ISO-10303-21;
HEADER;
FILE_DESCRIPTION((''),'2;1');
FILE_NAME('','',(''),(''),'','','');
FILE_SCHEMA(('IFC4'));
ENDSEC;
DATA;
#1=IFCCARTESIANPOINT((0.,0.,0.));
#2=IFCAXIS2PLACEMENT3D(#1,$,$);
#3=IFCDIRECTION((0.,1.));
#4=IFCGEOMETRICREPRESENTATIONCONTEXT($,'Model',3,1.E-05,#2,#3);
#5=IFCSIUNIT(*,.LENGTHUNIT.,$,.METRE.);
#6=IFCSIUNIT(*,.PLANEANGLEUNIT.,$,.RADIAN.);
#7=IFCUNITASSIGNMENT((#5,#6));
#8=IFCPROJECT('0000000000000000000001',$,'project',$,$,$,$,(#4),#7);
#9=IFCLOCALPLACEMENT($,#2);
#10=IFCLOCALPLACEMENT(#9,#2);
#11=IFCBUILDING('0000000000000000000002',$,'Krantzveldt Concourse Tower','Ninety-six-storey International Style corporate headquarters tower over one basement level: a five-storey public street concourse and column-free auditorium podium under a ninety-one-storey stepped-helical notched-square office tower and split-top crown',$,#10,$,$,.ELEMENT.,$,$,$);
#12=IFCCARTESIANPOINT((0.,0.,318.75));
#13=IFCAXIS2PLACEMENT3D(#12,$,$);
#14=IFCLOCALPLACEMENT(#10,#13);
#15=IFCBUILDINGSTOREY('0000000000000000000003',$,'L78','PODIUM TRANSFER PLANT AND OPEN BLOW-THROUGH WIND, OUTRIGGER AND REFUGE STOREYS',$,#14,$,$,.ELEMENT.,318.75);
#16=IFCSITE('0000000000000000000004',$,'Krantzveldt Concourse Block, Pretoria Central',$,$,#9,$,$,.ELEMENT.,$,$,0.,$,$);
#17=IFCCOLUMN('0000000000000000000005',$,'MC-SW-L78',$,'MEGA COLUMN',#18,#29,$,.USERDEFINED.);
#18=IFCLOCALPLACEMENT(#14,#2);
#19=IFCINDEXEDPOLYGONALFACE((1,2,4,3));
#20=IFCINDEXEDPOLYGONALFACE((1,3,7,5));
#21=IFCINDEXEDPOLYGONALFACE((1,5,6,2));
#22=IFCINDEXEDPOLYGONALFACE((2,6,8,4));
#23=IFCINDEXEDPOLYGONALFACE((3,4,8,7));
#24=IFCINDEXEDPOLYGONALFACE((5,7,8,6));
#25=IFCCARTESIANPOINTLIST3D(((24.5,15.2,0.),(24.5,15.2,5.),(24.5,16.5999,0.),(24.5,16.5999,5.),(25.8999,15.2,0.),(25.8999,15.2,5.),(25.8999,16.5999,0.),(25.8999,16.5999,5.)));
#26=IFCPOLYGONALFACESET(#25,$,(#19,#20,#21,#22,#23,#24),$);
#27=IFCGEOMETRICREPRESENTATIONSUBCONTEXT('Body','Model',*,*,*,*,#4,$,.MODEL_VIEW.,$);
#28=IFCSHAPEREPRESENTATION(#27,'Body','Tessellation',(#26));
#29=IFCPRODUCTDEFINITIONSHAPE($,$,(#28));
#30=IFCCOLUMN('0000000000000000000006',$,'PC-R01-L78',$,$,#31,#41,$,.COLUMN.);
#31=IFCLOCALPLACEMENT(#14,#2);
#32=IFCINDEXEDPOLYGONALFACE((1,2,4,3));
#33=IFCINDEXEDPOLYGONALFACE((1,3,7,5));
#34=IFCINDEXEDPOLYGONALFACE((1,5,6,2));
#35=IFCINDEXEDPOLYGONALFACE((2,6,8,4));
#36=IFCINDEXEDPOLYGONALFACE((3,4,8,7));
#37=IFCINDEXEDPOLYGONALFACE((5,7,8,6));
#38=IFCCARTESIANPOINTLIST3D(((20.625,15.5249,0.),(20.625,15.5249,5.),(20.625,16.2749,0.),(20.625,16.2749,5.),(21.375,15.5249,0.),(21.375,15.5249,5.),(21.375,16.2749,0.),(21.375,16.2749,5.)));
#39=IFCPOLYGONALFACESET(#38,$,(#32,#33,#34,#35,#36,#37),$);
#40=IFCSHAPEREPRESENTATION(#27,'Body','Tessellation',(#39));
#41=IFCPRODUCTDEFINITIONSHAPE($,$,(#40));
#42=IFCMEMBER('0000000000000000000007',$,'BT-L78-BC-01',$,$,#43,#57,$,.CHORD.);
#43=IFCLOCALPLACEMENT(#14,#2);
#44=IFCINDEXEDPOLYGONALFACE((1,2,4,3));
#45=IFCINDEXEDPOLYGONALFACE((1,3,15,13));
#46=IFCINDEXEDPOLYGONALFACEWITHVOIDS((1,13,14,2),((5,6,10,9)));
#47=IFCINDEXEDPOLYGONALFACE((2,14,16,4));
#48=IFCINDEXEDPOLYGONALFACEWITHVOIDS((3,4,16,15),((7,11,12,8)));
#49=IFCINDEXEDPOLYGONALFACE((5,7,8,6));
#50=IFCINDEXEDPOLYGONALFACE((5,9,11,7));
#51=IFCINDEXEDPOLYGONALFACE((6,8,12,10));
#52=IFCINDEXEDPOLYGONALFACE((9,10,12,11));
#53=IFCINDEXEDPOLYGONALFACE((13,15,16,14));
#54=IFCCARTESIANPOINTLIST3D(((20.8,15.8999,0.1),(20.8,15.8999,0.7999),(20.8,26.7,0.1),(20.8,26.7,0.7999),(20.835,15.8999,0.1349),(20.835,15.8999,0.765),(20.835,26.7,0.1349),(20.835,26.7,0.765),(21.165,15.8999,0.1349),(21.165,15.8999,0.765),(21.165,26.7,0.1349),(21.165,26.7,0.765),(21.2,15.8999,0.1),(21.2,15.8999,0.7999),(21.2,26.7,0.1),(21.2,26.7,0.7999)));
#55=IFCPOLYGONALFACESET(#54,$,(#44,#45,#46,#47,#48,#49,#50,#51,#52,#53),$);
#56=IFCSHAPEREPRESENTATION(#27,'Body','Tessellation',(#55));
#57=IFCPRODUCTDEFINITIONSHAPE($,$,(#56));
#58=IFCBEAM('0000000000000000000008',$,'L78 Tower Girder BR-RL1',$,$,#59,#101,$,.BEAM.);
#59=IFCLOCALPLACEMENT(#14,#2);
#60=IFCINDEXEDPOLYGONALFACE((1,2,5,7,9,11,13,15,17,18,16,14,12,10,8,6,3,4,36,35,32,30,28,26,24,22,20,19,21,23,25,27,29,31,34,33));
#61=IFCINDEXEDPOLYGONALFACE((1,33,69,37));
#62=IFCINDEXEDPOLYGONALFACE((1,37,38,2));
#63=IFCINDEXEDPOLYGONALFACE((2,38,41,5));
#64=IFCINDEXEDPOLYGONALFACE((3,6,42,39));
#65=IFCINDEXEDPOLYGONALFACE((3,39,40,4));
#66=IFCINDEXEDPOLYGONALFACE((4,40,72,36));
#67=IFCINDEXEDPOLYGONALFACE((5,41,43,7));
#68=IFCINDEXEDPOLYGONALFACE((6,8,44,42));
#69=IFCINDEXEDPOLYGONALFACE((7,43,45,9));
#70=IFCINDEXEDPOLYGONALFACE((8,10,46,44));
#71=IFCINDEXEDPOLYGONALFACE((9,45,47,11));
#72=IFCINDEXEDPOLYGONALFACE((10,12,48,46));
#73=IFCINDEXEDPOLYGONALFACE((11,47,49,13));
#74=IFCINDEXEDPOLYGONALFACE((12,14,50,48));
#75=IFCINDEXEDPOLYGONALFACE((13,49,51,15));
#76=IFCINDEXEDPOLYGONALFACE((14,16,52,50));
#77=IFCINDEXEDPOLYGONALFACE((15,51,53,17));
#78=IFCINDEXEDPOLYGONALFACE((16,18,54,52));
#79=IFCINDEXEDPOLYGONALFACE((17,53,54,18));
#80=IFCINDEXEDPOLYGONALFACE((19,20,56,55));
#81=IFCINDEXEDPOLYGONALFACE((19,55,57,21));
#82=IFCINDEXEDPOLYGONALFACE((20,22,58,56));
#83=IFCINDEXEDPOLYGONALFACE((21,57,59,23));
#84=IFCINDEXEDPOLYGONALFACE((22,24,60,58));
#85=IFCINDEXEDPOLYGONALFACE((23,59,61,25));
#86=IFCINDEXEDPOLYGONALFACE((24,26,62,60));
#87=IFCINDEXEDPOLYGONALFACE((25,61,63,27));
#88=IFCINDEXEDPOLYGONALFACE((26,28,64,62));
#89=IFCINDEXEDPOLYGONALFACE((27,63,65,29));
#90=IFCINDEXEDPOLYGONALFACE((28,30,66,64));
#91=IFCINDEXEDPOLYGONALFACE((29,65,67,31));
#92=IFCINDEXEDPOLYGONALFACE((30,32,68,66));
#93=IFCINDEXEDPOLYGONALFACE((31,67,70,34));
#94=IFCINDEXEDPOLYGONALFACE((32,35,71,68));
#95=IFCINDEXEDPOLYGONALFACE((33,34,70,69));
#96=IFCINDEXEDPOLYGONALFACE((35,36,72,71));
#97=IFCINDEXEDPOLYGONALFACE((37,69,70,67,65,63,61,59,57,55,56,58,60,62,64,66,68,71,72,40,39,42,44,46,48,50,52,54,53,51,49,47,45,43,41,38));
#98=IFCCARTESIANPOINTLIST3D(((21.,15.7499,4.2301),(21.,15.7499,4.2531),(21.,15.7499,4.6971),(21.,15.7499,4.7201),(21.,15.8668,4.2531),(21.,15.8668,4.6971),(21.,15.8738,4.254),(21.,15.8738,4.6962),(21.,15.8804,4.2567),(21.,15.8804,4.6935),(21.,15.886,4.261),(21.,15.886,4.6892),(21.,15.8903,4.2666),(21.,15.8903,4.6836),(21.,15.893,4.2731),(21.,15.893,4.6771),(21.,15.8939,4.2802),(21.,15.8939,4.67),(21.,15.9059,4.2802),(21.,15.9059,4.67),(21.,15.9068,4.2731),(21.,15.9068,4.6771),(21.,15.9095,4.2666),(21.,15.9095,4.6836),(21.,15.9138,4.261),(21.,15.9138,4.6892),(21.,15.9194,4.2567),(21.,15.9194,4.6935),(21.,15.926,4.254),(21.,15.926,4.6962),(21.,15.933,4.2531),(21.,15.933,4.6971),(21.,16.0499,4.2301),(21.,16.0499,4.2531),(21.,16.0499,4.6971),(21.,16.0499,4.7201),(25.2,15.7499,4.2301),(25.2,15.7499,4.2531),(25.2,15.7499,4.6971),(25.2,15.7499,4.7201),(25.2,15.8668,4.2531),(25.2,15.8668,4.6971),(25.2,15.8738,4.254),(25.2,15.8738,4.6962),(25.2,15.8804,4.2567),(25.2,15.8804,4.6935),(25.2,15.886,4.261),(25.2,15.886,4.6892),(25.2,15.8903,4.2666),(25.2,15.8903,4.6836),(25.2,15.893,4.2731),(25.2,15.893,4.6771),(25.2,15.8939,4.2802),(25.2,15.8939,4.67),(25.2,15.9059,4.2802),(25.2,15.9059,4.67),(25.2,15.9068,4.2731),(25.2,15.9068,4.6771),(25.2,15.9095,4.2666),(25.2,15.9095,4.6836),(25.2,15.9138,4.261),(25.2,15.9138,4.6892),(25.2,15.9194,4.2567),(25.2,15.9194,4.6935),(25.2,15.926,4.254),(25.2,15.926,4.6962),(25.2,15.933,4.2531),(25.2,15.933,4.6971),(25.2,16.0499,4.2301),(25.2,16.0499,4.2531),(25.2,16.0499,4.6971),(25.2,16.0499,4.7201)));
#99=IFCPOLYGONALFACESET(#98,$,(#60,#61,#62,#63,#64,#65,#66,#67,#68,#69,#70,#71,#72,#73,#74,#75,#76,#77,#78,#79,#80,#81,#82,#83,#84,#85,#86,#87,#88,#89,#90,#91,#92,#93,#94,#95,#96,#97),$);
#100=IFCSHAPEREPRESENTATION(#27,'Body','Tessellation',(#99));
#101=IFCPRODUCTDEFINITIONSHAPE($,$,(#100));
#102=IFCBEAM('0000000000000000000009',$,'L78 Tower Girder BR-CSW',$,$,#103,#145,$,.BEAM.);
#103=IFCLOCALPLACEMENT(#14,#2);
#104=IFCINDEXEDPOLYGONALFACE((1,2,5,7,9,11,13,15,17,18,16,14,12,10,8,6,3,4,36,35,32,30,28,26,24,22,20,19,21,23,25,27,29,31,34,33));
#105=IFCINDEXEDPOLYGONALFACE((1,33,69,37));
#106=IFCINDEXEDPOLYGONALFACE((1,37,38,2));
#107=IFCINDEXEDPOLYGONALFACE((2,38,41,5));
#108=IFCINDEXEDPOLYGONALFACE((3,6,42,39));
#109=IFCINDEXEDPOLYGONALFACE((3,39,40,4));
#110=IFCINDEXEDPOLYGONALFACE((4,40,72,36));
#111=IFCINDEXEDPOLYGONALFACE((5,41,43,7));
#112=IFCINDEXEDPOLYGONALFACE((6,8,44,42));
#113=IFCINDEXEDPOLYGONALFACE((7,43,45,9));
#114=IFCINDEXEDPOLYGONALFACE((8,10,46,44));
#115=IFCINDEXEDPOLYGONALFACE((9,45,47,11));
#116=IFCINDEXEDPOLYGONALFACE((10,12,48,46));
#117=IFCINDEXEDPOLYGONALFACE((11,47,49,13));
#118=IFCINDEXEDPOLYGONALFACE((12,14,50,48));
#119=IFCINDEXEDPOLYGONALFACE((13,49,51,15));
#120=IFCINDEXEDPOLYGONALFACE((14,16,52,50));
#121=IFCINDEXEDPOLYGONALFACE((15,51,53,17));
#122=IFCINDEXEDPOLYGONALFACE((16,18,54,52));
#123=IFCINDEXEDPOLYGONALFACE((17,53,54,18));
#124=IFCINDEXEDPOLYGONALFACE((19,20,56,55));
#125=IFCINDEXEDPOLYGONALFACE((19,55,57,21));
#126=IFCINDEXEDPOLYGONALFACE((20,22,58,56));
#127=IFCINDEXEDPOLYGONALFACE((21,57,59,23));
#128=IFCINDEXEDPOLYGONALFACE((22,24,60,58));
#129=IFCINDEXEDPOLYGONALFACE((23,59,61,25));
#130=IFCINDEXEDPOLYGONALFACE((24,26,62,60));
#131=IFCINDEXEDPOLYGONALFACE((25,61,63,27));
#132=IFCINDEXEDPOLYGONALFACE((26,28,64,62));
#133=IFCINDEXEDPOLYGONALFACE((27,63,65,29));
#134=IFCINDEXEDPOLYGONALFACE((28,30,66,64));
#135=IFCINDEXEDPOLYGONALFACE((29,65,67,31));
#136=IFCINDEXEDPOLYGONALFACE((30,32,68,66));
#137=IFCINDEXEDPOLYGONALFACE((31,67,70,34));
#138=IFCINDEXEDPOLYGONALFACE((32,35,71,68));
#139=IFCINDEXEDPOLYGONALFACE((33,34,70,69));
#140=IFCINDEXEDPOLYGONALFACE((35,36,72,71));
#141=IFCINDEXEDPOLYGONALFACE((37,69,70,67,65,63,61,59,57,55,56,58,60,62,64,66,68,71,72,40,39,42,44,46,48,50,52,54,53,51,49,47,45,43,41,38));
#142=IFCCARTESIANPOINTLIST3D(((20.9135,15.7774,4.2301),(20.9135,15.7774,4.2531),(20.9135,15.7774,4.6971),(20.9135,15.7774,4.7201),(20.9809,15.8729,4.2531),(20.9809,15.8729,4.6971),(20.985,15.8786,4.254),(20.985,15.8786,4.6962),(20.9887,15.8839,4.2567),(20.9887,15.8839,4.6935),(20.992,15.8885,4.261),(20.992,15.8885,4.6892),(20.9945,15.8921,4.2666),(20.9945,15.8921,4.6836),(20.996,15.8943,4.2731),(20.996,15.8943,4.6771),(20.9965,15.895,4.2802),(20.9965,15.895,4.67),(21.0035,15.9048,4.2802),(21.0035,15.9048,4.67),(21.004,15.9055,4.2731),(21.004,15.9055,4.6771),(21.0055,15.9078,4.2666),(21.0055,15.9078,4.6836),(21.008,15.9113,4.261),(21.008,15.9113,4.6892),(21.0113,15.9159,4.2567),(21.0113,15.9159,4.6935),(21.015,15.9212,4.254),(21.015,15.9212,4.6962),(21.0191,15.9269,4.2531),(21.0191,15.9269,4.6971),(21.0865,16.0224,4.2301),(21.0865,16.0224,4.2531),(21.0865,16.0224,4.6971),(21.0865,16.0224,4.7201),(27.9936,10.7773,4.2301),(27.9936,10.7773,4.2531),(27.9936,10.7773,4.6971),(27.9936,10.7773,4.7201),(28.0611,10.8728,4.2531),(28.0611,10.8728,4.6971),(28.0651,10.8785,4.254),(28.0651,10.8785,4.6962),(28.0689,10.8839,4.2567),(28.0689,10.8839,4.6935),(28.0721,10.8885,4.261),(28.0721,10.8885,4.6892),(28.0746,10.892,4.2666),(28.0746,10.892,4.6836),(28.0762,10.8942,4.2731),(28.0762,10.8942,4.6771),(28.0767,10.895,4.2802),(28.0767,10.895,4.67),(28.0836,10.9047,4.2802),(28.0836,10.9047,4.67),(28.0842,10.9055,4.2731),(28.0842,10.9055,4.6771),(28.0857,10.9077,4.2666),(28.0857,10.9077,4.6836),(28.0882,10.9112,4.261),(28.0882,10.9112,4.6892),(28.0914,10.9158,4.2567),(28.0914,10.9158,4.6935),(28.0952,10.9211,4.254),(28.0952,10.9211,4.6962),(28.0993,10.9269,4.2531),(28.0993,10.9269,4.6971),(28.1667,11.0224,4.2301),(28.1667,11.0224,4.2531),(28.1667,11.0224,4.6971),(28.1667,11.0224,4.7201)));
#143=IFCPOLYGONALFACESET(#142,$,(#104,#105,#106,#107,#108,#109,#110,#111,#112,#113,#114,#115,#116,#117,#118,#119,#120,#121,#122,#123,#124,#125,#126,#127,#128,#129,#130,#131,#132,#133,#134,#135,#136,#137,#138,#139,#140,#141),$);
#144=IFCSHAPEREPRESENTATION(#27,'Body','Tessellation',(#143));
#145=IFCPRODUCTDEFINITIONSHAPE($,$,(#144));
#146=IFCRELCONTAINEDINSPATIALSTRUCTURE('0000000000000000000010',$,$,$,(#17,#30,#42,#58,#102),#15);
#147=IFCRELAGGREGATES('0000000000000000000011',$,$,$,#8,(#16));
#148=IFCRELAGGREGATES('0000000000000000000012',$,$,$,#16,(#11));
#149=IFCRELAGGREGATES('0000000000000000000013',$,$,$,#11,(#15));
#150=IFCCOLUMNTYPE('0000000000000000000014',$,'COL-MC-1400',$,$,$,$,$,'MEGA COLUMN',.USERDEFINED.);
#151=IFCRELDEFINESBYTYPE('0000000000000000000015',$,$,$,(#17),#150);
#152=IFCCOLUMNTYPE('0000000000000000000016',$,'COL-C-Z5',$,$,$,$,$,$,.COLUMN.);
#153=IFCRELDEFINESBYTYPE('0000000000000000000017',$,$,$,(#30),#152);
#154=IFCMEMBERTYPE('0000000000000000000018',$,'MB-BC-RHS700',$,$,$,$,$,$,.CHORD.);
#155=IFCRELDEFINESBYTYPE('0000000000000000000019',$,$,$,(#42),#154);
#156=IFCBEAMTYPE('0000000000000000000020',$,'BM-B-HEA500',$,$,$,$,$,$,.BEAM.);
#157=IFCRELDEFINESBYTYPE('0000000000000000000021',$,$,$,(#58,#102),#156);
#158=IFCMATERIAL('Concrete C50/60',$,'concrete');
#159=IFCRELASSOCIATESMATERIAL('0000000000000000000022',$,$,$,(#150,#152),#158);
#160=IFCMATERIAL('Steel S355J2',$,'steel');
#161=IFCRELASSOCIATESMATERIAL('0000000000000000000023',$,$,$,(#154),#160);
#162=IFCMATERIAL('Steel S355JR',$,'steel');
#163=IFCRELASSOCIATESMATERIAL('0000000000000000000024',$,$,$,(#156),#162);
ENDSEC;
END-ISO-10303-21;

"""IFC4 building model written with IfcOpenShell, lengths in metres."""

from ifc_helpers import new_model, si_unit, direction, frame, origin, origin_2d, place, context, subcontext, project, spatial, rectangle, hollow_rectangle, i_section, extrude, source, transform, mapped, material, material_profile, profile_set, type_object, type_shapes, element, save


model = new_model("IFC4")

# Units and contexts
model_context = context("Model", 3, precision=1e-05, world=origin(), true_north=direction((0.0, 1.0)))
body_context = subcontext(model_context, "Body", "Model", "MODEL_VIEW")
ifc_project = project(units=[si_unit("LENGTHUNIT", "METRE"), si_unit("PLANEANGLEUNIT", "RADIAN")], contexts=[model_context])

# Site, building, storey
site_placement = place(None, origin())
site = spatial("IfcSite", under=ifc_project, at=site_placement, Name="Krantzveldt Concourse Block, Pretoria Central", CompositionType="ELEMENT", RefElevation=0.0)
building_placement = place(site_placement, origin())
building = spatial("IfcBuilding", under=site, at=building_placement, Name="Krantzveldt Concourse Tower", Description="Ninety-six-storey International Style corporate headquarters tower over one basement level: a five-storey public street concourse and column-free auditorium podium under a ninety-one-storey stepped-helical notched-square office tower and split-top crown", CompositionType="ELEMENT")
storey_placement = place(building_placement, frame((0.0, 0.0, 318.75)))
storey = spatial("IfcBuildingStorey", under=building, at=storey_placement, Name="L78", Description="PODIUM TRANSFER PLANT AND OPEN BLOW-THROUGH WIND, OUTRIGGER AND REFUGE STOREYS", CompositionType="ELEMENT", Elevation=318.75)

# Columns
ifc_material_1 = material(Name="Concrete C50/60", Category="concrete")
ifc_material_profile_1 = material_profile(ifc_material_1, rectangle(XDim=1.3999, YDim=1.3999, at=origin_2d()), Name="Concrete C50/60", Category="concrete")
ifc_profile_set_1 = profile_set([ifc_material_profile_1], Name="Concrete C50/60 - RC 1400x1400")
column_type_1 = type_object("IfcColumnType", Name="COL-MC-1400", ElementType="MEGA COLUMN", PredefinedType="USERDEFINED", material=ifc_profile_set_1)
shared_shape_1 = source(origin(), body_context, "Body", "SweptSolid", [
    extrude(rectangle(XDim=1.3999, YDim=1.3999, at=origin_2d()), origin(), (0.0, 0.0, 1.0), 5.0),
])
type_shapes(column_type_1, [shared_shape_1])
column_1_placement = place(storey_placement, frame((25.2, 15.8999, 0.0), z_axis=(0.0, 0.0, 1.0), x_axis=(1.0, 0.0, 0.0)))
element("IfcColumn", 1, at=column_1_placement, inside=storey, type_object=column_type_1, Name="MC-SW-L78", ObjectType="MEGA COLUMN", PredefinedType="USERDEFINED", context=body_context, shape_type="MappedRepresentation", body=[
    mapped(shared_shape_1, transform((0.0, 0.0, 0.0), x_axis=(1.0, 0.0, 0.0), y_axis=(0.0, 1.0, 0.0), z_axis=(0.0, 0.0, 1.0), scale=1.0)),
])
ifc_material_profile_2 = material_profile(ifc_material_1, rectangle(XDim=0.75, YDim=0.75, at=origin_2d()), Name="Concrete C50/60", Category="concrete")
ifc_profile_set_2 = profile_set([ifc_material_profile_2], Name="Concrete C50/60 - RC 750x750")
column_type_2 = type_object("IfcColumnType", Name="COL-C-Z5", PredefinedType="COLUMN", material=ifc_profile_set_2)
shared_shape_2 = source(origin(), body_context, "Body", "SweptSolid", [
    extrude(rectangle(XDim=0.75, YDim=0.75, at=origin_2d()), origin(), (0.0, 0.0, 1.0), 5.0),
])
type_shapes(column_type_2, [shared_shape_2])
column_2_placement = place(storey_placement, frame((21.0, 15.8999, 0.0), z_axis=(0.0, 0.0, 1.0), x_axis=(1.0, 0.0, 0.0)))
element("IfcColumn", 2, at=column_2_placement, inside=storey, type_object=column_type_2, Name="PC-R01-L78", PredefinedType="COLUMN", context=body_context, shape_type="MappedRepresentation", body=[
    mapped(shared_shape_2, transform((0.0, 0.0, 0.0), x_axis=(1.0, 0.0, 0.0), y_axis=(0.0, 1.0, 0.0), z_axis=(0.0, 0.0, 1.0), scale=1.0)),
])

# Member
ifc_material_2 = material(Name="Steel S355J2", Category="steel")
ifc_material_profile_3 = material_profile(ifc_material_2, hollow_rectangle(XDim=0.3999, YDim=0.7, WallThickness=0.0349, at=origin_2d()), Name="Steel S355J2", Category="steel")
ifc_profile_set_3 = profile_set([ifc_material_profile_3], Name="Steel S355J2 - RHS 700x400x35")
member_type_1 = type_object("IfcMemberType", Name="MB-BC-RHS700", PredefinedType="CHORD", material=ifc_profile_set_3)
shared_shape_3 = source(origin(), body_context, "Body", "SweptSolid", [
    extrude(hollow_rectangle(XDim=0.3999, YDim=0.7, WallThickness=0.0349, at=origin_2d()), origin(), (0.0, 0.0, 1.0), 10.8),
])
type_shapes(member_type_1, [shared_shape_3])
member_1_placement = place(storey_placement, frame((21.0, 15.8999, 0.45), z_axis=(0.0, 1.0, 0.0), x_axis=(-1.0, 0.0, 0.0)))
element("IfcMember", 3, at=member_1_placement, inside=storey, type_object=member_type_1, Name="BT-L78-BC-01", PredefinedType="CHORD", context=body_context, shape_type="MappedRepresentation", body=[
    mapped(shared_shape_3, transform((0.0, 0.0, 0.0), x_axis=(1.0, 0.0, 0.0), y_axis=(0.0, 1.0, 0.0), z_axis=(0.0, 0.0, 1.0), scale=1.0)),
])

# Beams
ifc_material_3 = material(Name="Steel S355JR", Category="steel")
ifc_material_profile_4 = material_profile(ifc_material_3, i_section(OverallWidth=0.3, OverallDepth=0.49, WebThickness=0.012, FlangeThickness=0.0229, FilletRadius=0.0271, at=origin_2d()), Name="Steel S355JR", Category="steel")
ifc_profile_set_4 = profile_set([ifc_material_profile_4], Name="Steel S355JR - HEA 500")
beam_type_1 = type_object("IfcBeamType", Name="BM-B-HEA500", PredefinedType="BEAM", material=ifc_profile_set_4)
shared_shape_4 = source(origin(), body_context, "Body", "SweptSolid", [
    extrude(i_section(OverallWidth=0.3, OverallDepth=0.49, WebThickness=0.012, FlangeThickness=0.0229, FilletRadius=0.0271, at=origin_2d()), origin(), (0.0, 0.0, 1.0), 4.2),
])
beam_1_placement = place(storey_placement, frame((21.0, 15.8999, 4.4751), z_axis=(1.0, 0.0, 0.0), x_axis=(0.0, 1.0, 0.0)))
element("IfcBeam", 4, at=beam_1_placement, inside=storey, type_object=beam_type_1, Name="L78 Tower Girder BR-RL1", PredefinedType="BEAM", context=body_context, shape_type="MappedRepresentation", body=[
    mapped(shared_shape_4, transform((0.0, 0.0, 0.0), x_axis=(1.0, 0.0, 0.0), y_axis=(0.0, 1.0, 0.0), z_axis=(0.0, 0.0, 1.0), scale=1.0)),
])
shared_shape_5 = source(origin(), body_context, "Body", "SweptSolid", [
    extrude(i_section(OverallWidth=0.3, OverallDepth=0.49, WebThickness=0.012, FlangeThickness=0.0229, FilletRadius=0.0271, at=origin_2d()), origin(), (0.0, 0.0, 1.0), 8.6677),
])
type_shapes(beam_type_1, [shared_shape_4, shared_shape_5])
beam_2_placement = place(storey_placement, frame((21.0, 15.8999, 4.4751), z_axis=(0.816843, -0.57686, 0.0), x_axis=(0.57686, 0.816843, 0.0)))
element("IfcBeam", 5, at=beam_2_placement, inside=storey, type_object=beam_type_1, Name="L78 Tower Girder BR-CSW", PredefinedType="BEAM", context=body_context, shape_type="MappedRepresentation", body=[
    mapped(shared_shape_5, transform((0.0, 0.0, 0.0), x_axis=(1.0, 0.0, 0.0), y_axis=(0.0, 1.0, 0.0), z_axis=(0.0, 0.0, 1.0), scale=1.0)),
])

save(model, "model.ifc")
